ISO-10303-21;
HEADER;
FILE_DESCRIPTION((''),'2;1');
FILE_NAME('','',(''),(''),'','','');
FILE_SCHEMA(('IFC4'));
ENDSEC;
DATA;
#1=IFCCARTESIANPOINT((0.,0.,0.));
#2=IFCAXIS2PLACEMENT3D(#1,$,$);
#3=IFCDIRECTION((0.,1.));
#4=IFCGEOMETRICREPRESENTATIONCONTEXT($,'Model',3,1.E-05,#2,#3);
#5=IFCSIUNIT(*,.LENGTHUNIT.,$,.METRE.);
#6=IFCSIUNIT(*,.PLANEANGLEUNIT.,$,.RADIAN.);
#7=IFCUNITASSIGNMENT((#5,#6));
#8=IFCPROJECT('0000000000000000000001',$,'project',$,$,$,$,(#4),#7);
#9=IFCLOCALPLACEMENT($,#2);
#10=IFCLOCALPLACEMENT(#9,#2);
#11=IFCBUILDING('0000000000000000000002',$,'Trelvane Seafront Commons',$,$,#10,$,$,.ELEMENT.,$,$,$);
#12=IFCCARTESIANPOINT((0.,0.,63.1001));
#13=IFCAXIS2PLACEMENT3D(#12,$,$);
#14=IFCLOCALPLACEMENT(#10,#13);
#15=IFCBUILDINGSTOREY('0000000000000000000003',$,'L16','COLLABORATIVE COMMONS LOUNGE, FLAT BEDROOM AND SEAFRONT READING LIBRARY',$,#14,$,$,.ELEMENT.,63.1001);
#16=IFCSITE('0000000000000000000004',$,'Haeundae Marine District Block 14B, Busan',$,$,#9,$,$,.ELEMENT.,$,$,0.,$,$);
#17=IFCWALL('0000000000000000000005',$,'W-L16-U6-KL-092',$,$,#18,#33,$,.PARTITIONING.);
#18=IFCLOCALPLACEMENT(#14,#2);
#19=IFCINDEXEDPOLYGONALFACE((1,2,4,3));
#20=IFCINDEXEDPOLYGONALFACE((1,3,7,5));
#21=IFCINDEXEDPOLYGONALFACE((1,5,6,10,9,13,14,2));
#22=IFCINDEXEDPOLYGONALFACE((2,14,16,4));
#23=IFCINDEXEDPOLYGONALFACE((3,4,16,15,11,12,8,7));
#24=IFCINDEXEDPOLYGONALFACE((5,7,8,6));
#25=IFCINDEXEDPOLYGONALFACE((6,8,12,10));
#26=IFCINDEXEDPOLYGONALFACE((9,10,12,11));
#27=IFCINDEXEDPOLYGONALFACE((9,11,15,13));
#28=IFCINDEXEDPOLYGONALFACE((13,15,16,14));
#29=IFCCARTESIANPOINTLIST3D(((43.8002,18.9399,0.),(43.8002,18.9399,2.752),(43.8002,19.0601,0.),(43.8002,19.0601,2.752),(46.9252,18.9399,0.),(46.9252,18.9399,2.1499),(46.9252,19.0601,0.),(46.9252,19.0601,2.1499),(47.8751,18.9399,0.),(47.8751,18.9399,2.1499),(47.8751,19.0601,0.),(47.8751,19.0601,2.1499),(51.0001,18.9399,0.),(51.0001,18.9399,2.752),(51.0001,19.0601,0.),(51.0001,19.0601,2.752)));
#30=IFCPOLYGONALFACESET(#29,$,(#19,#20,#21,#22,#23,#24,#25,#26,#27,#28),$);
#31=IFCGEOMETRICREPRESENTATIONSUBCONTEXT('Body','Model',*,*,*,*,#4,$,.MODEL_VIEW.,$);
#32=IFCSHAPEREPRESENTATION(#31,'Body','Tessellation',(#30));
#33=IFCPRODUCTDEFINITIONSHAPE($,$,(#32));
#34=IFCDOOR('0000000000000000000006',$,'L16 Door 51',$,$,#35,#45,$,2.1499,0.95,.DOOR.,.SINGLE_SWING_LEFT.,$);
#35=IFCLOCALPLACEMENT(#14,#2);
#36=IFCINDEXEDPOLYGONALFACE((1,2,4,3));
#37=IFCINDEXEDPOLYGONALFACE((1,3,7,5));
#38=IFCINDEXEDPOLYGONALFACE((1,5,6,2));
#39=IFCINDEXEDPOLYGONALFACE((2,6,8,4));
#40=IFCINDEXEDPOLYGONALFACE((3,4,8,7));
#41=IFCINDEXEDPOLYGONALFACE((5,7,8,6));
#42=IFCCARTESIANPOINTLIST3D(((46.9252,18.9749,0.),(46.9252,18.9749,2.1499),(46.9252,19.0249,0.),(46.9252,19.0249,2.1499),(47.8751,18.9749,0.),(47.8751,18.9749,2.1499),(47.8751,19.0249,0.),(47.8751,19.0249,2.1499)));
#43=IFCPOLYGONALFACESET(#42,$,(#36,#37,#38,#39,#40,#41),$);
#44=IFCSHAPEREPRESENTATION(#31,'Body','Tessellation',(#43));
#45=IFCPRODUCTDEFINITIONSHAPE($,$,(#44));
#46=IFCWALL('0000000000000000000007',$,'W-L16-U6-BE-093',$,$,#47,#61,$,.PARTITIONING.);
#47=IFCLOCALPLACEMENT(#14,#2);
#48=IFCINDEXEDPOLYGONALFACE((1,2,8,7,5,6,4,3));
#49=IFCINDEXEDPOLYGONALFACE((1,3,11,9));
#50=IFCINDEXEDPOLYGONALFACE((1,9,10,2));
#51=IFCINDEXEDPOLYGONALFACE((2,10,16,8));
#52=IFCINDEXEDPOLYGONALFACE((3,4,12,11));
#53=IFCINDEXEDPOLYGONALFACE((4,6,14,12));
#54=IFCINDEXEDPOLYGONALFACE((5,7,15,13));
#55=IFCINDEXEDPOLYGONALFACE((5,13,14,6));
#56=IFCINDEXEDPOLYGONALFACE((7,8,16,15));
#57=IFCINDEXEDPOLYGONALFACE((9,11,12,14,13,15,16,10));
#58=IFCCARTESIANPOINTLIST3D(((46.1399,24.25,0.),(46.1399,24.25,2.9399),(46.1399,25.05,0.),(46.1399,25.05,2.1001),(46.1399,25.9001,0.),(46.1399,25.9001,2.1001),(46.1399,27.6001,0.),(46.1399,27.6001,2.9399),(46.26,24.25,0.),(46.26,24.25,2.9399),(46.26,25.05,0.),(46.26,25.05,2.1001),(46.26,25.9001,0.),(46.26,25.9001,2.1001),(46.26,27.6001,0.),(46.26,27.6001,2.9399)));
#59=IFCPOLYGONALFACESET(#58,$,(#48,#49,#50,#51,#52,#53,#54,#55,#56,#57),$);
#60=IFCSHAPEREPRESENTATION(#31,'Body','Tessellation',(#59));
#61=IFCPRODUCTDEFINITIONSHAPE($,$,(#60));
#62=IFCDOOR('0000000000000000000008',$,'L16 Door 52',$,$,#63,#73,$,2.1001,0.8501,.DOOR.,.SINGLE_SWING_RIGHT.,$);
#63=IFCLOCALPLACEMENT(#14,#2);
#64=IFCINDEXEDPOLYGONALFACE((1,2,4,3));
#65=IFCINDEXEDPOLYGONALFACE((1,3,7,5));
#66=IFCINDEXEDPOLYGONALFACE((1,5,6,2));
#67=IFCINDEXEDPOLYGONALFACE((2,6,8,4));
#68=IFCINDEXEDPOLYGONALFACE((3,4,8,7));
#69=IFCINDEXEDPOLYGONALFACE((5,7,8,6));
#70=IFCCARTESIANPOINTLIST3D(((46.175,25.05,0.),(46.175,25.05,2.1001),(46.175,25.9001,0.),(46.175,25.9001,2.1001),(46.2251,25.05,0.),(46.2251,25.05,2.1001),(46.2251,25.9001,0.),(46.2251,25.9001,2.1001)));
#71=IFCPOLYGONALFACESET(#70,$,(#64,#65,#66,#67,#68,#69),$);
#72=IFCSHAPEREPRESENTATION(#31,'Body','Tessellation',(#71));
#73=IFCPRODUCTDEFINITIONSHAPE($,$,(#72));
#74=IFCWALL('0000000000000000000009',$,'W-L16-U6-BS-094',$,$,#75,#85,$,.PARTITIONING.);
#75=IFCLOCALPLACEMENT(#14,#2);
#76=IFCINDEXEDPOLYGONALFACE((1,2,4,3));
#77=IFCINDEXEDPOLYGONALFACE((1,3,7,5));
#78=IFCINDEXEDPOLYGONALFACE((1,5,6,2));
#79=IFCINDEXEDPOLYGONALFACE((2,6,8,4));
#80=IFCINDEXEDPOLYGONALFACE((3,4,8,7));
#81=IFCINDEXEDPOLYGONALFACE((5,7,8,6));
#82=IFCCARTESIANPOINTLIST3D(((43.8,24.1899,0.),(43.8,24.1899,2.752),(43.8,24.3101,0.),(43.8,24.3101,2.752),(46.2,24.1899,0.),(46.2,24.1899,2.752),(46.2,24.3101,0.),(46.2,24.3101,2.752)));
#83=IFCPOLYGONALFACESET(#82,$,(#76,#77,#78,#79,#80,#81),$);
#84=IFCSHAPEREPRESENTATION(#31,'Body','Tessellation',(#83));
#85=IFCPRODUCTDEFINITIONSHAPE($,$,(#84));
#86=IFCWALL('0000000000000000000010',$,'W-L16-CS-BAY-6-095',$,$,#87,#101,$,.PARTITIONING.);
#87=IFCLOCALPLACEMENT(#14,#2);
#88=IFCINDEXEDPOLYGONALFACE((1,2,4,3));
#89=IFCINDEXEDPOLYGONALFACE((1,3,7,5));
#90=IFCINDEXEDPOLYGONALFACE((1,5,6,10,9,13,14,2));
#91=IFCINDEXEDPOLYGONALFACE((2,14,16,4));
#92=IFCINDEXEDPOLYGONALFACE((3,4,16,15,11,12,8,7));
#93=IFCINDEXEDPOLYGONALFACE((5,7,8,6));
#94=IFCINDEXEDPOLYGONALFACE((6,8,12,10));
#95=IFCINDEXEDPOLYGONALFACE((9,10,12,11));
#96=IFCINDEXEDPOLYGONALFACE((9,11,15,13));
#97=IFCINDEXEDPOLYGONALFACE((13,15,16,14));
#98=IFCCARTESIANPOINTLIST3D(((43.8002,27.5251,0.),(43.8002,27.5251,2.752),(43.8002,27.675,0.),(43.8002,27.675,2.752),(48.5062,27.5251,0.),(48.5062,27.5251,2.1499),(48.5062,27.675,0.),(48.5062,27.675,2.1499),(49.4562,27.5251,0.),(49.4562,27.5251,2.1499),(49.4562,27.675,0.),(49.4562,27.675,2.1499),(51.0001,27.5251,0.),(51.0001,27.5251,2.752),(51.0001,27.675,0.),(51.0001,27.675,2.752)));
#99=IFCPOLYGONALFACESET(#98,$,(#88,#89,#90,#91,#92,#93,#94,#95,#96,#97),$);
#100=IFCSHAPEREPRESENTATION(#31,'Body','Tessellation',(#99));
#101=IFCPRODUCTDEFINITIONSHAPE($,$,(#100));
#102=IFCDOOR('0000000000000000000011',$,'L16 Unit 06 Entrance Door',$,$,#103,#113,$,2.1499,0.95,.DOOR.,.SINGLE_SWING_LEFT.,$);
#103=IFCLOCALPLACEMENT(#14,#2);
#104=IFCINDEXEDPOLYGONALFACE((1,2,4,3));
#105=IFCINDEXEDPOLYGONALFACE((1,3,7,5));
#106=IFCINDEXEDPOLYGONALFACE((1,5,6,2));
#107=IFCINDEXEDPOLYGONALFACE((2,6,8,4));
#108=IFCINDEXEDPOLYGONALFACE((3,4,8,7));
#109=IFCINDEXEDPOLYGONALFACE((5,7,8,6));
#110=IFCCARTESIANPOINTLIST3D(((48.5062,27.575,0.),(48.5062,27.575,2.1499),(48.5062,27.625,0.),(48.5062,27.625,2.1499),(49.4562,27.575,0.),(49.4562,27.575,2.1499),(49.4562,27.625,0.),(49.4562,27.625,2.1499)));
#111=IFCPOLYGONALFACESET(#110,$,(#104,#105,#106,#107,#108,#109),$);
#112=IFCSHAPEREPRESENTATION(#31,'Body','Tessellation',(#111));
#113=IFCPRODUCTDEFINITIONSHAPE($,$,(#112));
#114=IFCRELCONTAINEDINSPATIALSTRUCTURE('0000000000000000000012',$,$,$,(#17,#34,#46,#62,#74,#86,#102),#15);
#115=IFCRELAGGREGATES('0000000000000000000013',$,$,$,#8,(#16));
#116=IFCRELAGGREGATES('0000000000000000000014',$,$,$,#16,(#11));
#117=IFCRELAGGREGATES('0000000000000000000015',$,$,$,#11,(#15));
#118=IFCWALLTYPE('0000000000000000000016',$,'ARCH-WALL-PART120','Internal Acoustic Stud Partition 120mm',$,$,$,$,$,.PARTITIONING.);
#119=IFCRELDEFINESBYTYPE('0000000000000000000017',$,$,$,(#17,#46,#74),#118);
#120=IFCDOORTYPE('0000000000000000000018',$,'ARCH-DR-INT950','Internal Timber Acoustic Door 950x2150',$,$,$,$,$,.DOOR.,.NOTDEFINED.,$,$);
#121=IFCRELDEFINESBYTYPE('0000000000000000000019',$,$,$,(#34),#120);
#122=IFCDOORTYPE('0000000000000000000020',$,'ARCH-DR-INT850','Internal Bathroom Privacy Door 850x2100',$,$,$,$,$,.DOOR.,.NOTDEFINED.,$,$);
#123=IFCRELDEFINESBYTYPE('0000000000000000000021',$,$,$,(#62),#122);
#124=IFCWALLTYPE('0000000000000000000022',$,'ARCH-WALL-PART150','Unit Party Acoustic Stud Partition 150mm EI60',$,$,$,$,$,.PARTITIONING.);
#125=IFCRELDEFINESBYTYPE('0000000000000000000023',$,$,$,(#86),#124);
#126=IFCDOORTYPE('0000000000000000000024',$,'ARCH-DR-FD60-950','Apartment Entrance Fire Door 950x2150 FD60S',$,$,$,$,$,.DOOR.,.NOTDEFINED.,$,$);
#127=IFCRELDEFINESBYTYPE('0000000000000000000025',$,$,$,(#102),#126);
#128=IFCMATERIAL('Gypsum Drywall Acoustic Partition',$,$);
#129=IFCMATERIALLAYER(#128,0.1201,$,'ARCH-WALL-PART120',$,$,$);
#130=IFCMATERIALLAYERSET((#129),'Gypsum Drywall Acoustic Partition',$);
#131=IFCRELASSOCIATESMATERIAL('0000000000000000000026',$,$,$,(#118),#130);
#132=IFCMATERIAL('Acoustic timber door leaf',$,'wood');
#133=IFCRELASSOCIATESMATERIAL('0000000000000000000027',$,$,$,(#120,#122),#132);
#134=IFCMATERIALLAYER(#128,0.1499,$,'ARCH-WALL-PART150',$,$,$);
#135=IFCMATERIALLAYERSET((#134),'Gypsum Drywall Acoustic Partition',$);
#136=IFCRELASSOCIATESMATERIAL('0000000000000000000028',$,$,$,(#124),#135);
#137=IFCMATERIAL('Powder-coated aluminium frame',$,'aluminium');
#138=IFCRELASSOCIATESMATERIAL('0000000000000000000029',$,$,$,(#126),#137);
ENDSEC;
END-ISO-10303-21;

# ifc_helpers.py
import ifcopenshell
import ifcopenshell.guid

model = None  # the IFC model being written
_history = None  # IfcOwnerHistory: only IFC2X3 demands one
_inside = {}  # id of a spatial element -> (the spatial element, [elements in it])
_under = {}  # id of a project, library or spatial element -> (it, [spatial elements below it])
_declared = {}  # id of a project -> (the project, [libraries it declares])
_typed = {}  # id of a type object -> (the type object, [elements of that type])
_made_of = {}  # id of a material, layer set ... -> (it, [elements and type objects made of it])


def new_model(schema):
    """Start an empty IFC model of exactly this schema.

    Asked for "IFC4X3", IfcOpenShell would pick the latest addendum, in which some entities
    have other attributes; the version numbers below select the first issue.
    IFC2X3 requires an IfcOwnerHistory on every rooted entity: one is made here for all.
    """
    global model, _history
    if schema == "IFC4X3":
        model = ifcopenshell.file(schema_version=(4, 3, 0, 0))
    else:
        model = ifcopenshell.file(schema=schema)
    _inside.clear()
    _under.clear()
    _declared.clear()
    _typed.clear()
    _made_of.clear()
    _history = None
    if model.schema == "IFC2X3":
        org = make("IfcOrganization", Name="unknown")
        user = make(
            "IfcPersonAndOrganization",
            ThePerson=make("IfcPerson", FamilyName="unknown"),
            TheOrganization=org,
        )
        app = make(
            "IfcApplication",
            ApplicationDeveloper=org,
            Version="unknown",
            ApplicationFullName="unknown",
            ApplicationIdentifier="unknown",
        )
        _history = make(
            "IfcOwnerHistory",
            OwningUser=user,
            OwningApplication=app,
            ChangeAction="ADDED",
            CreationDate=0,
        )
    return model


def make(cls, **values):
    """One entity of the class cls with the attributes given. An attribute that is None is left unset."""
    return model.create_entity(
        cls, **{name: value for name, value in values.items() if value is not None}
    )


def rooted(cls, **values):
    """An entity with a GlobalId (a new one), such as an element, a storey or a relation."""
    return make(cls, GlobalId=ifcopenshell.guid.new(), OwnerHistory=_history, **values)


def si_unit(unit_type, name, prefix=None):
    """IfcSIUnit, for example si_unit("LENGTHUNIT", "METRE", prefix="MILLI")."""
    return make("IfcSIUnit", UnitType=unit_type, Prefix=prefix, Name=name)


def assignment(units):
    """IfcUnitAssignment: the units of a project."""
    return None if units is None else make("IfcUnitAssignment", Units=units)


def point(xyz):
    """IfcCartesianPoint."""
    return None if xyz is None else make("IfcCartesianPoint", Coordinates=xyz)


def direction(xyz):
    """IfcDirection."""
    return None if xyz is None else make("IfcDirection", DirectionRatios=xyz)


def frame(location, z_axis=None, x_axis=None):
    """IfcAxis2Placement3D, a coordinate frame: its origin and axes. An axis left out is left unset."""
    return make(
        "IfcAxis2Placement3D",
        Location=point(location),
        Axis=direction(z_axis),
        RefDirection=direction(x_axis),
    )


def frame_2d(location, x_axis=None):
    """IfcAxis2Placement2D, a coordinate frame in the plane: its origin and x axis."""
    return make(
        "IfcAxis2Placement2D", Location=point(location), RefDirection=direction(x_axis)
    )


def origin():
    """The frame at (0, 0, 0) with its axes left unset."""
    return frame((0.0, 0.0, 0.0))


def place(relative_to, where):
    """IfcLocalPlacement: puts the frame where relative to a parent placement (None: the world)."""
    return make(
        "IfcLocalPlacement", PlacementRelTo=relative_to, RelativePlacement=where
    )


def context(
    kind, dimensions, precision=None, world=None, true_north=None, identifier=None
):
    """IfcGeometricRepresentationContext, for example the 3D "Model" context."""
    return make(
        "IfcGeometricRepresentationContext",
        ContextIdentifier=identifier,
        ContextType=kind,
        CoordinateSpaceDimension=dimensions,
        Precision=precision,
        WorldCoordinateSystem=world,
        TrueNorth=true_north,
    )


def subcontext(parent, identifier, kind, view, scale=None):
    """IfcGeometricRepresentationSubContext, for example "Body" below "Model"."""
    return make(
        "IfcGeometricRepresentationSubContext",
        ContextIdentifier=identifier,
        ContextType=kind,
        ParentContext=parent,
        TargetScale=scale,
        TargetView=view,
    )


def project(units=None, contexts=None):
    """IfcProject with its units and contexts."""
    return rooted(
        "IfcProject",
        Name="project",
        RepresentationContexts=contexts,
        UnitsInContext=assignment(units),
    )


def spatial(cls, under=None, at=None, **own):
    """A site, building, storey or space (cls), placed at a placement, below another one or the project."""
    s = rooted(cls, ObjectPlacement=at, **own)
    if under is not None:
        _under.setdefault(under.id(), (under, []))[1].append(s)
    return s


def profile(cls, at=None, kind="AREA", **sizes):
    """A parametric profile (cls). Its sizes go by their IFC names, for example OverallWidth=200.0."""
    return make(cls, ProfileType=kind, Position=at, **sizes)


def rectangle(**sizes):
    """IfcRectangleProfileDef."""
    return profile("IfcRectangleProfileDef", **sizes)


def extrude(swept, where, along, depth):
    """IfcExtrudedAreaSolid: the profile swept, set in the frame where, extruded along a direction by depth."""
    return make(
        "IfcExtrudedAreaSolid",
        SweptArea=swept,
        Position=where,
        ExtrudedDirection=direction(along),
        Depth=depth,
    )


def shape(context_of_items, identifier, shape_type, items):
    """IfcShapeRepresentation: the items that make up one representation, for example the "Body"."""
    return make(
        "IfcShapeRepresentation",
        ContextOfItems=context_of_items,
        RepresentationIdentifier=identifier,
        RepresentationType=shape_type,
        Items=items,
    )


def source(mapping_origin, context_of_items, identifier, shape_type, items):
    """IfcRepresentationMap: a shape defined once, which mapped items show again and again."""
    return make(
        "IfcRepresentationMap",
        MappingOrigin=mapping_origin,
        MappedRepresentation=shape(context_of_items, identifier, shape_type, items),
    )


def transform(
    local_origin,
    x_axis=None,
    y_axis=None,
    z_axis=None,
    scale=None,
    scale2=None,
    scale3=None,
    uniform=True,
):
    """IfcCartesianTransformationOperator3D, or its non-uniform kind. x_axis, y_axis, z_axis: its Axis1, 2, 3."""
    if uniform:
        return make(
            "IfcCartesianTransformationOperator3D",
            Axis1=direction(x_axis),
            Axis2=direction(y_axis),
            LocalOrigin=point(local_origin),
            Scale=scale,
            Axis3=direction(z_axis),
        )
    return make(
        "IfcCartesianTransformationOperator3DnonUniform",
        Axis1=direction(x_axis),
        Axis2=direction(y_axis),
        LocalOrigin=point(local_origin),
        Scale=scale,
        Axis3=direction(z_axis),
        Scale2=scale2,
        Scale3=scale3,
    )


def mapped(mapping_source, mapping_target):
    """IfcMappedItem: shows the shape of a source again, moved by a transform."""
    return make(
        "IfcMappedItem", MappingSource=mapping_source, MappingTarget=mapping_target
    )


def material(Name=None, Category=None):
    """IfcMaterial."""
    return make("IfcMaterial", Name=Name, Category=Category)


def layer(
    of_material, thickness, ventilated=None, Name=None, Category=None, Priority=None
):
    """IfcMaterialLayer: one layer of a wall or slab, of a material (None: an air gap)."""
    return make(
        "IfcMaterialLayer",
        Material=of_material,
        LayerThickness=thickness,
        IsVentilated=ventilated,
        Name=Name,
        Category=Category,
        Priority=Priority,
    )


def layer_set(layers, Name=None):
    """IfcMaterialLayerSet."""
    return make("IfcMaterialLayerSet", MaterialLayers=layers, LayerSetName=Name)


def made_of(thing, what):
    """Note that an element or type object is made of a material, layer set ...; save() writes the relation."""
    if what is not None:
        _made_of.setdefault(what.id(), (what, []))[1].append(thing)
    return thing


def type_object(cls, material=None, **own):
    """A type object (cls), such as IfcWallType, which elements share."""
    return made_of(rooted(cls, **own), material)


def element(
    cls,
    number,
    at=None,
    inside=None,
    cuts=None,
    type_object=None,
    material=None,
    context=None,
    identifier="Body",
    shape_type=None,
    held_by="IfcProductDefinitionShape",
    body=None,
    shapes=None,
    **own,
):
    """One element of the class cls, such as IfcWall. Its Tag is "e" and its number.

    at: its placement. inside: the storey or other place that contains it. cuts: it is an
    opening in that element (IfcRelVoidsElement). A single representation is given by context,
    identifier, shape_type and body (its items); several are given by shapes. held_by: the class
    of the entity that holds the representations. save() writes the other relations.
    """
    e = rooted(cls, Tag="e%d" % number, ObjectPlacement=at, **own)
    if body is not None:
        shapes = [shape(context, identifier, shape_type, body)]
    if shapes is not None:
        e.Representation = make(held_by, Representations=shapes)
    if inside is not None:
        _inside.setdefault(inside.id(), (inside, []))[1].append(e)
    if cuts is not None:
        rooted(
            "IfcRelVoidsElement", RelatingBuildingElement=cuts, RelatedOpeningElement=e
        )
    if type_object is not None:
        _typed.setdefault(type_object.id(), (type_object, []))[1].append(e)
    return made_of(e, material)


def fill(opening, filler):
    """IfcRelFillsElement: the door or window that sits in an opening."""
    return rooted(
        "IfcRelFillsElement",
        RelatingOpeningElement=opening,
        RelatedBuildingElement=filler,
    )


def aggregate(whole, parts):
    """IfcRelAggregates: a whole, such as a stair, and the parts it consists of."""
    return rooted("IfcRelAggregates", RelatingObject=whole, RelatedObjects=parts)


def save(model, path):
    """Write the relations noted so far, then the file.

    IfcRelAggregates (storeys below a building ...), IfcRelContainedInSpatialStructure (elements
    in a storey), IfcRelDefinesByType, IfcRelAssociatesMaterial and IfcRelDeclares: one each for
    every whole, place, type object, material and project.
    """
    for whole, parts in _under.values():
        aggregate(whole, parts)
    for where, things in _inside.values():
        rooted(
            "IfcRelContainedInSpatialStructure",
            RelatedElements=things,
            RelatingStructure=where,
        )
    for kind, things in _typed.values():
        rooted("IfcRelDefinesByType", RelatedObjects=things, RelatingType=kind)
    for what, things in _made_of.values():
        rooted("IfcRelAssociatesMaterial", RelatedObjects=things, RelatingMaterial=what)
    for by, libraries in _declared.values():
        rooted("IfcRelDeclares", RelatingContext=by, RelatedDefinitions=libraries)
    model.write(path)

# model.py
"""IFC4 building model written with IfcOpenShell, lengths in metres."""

from ifc_helpers import new_model, si_unit, direction, frame, frame_2d, origin, place, context, subcontext, project, spatial, rectangle, extrude, source, transform, mapped, material, layer, layer_set, type_object, element, fill, save


model = new_model("IFC4")

# Units and contexts
model_context = context("Model", 3, precision=1e-05, world=origin(), true_north=direction((0.0, 1.0)))
body_context = subcontext(model_context, "Body", "Model", "MODEL_VIEW")
ifc_project = project(units=[si_unit("LENGTHUNIT", "METRE"), si_unit("PLANEANGLEUNIT", "RADIAN")], contexts=[model_context])

# Site, building, storey
site_placement = place(None, origin())
site = spatial("IfcSite", under=ifc_project, at=site_placement, Name="Haeundae Marine District Block 14B, Busan", CompositionType="ELEMENT", RefElevation=0.0)
building_placement = place(site_placement, origin())
building = spatial("IfcBuilding", under=site, at=building_placement, Name="Trelvane Seafront Commons", CompositionType="ELEMENT")
storey_placement = place(building_placement, frame((0.0, 0.0, 63.1001)))
storey = spatial("IfcBuildingStorey", under=building, at=storey_placement, Name="L16", Description="COLLABORATIVE COMMONS LOUNGE, FLAT BEDROOM AND SEAFRONT READING LIBRARY", CompositionType="ELEMENT", Elevation=63.1001)

# Shared definitions
ifc_material_1 = material(Name="Gypsum Drywall Acoustic Partition")
ifc_layer_1 = layer(ifc_material_1, 0.1201, Name="ARCH-WALL-PART120")
ifc_layer_set_1 = layer_set([ifc_layer_1], Name="Gypsum Drywall Acoustic Partition")
wall_type_1 = type_object("IfcWallType", Name="ARCH-WALL-PART120", Description="Internal Acoustic Stud Partition 120mm", PredefinedType="PARTITIONING", material=ifc_layer_set_1)
ifc_material_2 = material(Name="Acoustic timber door leaf", Category="wood")
door_type_1 = type_object("IfcDoorType", Name="ARCH-DR-INT950", Description="Internal Timber Acoustic Door 950x2150", OperationType="NOTDEFINED", PredefinedType="DOOR", material=ifc_material_2)
shared_shape_1 = source(origin(), body_context, "Body", "SweptSolid", [
    extrude(rectangle(XDim=0.95, YDim=2.1499, at=frame_2d((0.4751, 1.075))), frame((0.0, 0.0249, 0.0), z_axis=(0.0, -1.0, 0.0), x_axis=(1.0, 0.0, 0.0)), (0.0, 0.0, 1.0), 0.05),
])

# Walls, openings, doors
wall_1_placement = place(storey_placement, frame((43.8, 19.0, 0.0), z_axis=(0.0, 0.0, 1.0), x_axis=(1.0, 0.0, 0.0)))
wall_1 = element("IfcWall", 1, at=wall_1_placement, inside=storey, type_object=wall_type_1, Name="W-L16-U6-KL-092", PredefinedType="PARTITIONING", context=body_context, shape_type="SweptSolid", body=[
    extrude(rectangle(XDim=7.2, YDim=0.1201, at=frame_2d((3.6001, 0.0))), origin(), (0.0, 0.0, 1.0), 2.752),
])
opening_1_placement = place(wall_1_placement, frame((3.125, 0.0, 0.0)))
opening_1 = element("IfcOpeningElement", 2, at=opening_1_placement, cuts=wall_1, PredefinedType="OPENING", context=body_context, shape_type="SweptSolid", body=[
    extrude(rectangle(XDim=0.95, YDim=2.1499, at=frame_2d((0.4751, 1.075))), frame((0.0, 0.0701, 0.0), z_axis=(0.0, -1.0, 0.0), x_axis=(1.0, 0.0, 0.0)), (0.0, 0.0, 1.0), 0.1401),
])
door_1_placement = place(opening_1_placement, origin())
door_1 = element("IfcDoor", 3, at=door_1_placement, inside=storey, type_object=door_type_1, Name="L16 Door 51", OperationType="SINGLE_SWING_LEFT", OverallHeight=2.1499, OverallWidth=0.95, PredefinedType="DOOR", context=body_context, shape_type="MappedRepresentation", body=[
    mapped(shared_shape_1, transform((0.0, 0.0, 0.0), x_axis=(1.0, 0.0, 0.0), y_axis=(0.0, 1.0, 0.0), z_axis=(0.0, 0.0, 1.0), scale=1.0)),
])
fill(opening_1, door_1)
wall_2_placement = place(storey_placement, frame((46.2, 24.25, 0.0), z_axis=(0.0, 0.0, 1.0), x_axis=(0.0, 1.0, 0.0)))
wall_2 = element("IfcWall", 4, at=wall_2_placement, inside=storey, type_object=wall_type_1, Name="W-L16-U6-BE-093", PredefinedType="PARTITIONING", context=body_context, shape_type="SweptSolid", body=[
    extrude(rectangle(XDim=3.3501, YDim=0.1201, at=frame_2d((1.675, 0.0))), origin(), (0.0, 0.0, 1.0), 2.9399),
])
opening_2_placement = place(wall_2_placement, frame((0.8, 0.0, 0.0)))
opening_2 = element("IfcOpeningElement", 5, at=opening_2_placement, cuts=wall_2, PredefinedType="OPENING", context=body_context, shape_type="SweptSolid", body=[
    extrude(rectangle(XDim=0.8501, YDim=2.1001, at=frame_2d((0.425, 1.05))), frame((0.0, 0.0701, 0.0), z_axis=(0.0, -1.0, 0.0), x_axis=(1.0, 0.0, 0.0)), (0.0, 0.0, 1.0), 0.1401),
])
door_type_2 = type_object("IfcDoorType", Name="ARCH-DR-INT850", Description="Internal Bathroom Privacy Door 850x2100", OperationType="NOTDEFINED", PredefinedType="DOOR", material=ifc_material_2)
shared_shape_2 = source(origin(), body_context, "Body", "SweptSolid", [
    extrude(rectangle(XDim=0.8501, YDim=2.1001, at=frame_2d((0.425, 1.05))), frame((0.0, 0.0249, 0.0), z_axis=(0.0, -1.0, 0.0), x_axis=(1.0, 0.0, 0.0)), (0.0, 0.0, 1.0), 0.05),
])
door_2_placement = place(opening_2_placement, origin())
door_2 = element("IfcDoor", 6, at=door_2_placement, inside=storey, type_object=door_type_2, Name="L16 Door 52", OperationType="SINGLE_SWING_RIGHT", OverallHeight=2.1001, OverallWidth=0.8501, PredefinedType="DOOR", context=body_context, shape_type="MappedRepresentation", body=[
    mapped(shared_shape_2, transform((0.0, 0.0, 0.0), x_axis=(1.0, 0.0, 0.0), y_axis=(0.0, 1.0, 0.0), z_axis=(0.0, 0.0, 1.0), scale=1.0)),
])
fill(opening_2, door_2)

# Wall
wall_3_placement = place(storey_placement, frame((43.8, 24.25, 0.0), z_axis=(0.0, 0.0, 1.0), x_axis=(1.0, 0.0, 0.0)))
element("IfcWall", 7, at=wall_3_placement, inside=storey, type_object=wall_type_1, Name="W-L16-U6-BS-094", PredefinedType="PARTITIONING", context=body_context, shape_type="SweptSolid", body=[
    extrude(rectangle(XDim=2.3999, YDim=0.1201, at=frame_2d((1.2, 0.0))), origin(), (0.0, 0.0, 1.0), 2.752),
])

# Wall, opening, door
ifc_layer_2 = layer(ifc_material_1, 0.1499, Name="ARCH-WALL-PART150")
ifc_layer_set_2 = layer_set([ifc_layer_2], Name="Gypsum Drywall Acoustic Partition")
wall_type_2 = type_object("IfcWallType", Name="ARCH-WALL-PART150", Description="Unit Party Acoustic Stud Partition 150mm EI60", PredefinedType="PARTITIONING", material=ifc_layer_set_2)
wall_4_placement = place(storey_placement, frame((43.8, 27.6001, 0.0), z_axis=(0.0, 0.0, 1.0), x_axis=(1.0, 0.0, 0.0)))
wall_4 = element("IfcWall", 8, at=wall_4_placement, inside=storey, type_object=wall_type_2, Name="W-L16-CS-BAY-6-095", PredefinedType="PARTITIONING", context=body_context, shape_type="SweptSolid", body=[
    extrude(rectangle(XDim=7.2, YDim=0.1499, at=frame_2d((3.6001, 0.0))), origin(), (0.0, 0.0, 1.0), 2.752),
])
opening_3_placement = place(wall_4_placement, frame((4.7061, 0.0, 0.0)))
opening_3 = element("IfcOpeningElement", 9, at=opening_3_placement, cuts=wall_4, PredefinedType="OPENING", context=body_context, shape_type="SweptSolid", body=[
    extrude(rectangle(XDim=0.95, YDim=2.1499, at=frame_2d((0.4751, 1.075))), frame((0.0, 0.085, 0.0), z_axis=(0.0, -1.0, 0.0), x_axis=(1.0, 0.0, 0.0)), (0.0, 0.0, 1.0), 0.1699),
])
ifc_material_3 = material(Name="Powder-coated aluminium frame", Category="aluminium")
door_type_3 = type_object("IfcDoorType", Name="ARCH-DR-FD60-950", Description="Apartment Entrance Fire Door 950x2150 FD60S", OperationType="NOTDEFINED", PredefinedType="DOOR", material=ifc_material_3)
door_3_placement = place(opening_3_placement, origin())
door_3 = element("IfcDoor", 10, at=door_3_placement, inside=storey, type_object=door_type_3, Name="L16 Unit 06 Entrance Door", OperationType="SINGLE_SWING_LEFT", OverallHeight=2.1499, OverallWidth=0.95, PredefinedType="DOOR", context=body_context, shape_type="MappedRepresentation", body=[
    mapped(shared_shape_1, transform((0.0, 0.0, 0.0), x_axis=(1.0, 0.0, 0.0), y_axis=(0.0, 1.0, 0.0), z_axis=(0.0, 0.0, 1.0), scale=1.0)),
])
fill(opening_3, door_3)

save(model, "model.ifc")
